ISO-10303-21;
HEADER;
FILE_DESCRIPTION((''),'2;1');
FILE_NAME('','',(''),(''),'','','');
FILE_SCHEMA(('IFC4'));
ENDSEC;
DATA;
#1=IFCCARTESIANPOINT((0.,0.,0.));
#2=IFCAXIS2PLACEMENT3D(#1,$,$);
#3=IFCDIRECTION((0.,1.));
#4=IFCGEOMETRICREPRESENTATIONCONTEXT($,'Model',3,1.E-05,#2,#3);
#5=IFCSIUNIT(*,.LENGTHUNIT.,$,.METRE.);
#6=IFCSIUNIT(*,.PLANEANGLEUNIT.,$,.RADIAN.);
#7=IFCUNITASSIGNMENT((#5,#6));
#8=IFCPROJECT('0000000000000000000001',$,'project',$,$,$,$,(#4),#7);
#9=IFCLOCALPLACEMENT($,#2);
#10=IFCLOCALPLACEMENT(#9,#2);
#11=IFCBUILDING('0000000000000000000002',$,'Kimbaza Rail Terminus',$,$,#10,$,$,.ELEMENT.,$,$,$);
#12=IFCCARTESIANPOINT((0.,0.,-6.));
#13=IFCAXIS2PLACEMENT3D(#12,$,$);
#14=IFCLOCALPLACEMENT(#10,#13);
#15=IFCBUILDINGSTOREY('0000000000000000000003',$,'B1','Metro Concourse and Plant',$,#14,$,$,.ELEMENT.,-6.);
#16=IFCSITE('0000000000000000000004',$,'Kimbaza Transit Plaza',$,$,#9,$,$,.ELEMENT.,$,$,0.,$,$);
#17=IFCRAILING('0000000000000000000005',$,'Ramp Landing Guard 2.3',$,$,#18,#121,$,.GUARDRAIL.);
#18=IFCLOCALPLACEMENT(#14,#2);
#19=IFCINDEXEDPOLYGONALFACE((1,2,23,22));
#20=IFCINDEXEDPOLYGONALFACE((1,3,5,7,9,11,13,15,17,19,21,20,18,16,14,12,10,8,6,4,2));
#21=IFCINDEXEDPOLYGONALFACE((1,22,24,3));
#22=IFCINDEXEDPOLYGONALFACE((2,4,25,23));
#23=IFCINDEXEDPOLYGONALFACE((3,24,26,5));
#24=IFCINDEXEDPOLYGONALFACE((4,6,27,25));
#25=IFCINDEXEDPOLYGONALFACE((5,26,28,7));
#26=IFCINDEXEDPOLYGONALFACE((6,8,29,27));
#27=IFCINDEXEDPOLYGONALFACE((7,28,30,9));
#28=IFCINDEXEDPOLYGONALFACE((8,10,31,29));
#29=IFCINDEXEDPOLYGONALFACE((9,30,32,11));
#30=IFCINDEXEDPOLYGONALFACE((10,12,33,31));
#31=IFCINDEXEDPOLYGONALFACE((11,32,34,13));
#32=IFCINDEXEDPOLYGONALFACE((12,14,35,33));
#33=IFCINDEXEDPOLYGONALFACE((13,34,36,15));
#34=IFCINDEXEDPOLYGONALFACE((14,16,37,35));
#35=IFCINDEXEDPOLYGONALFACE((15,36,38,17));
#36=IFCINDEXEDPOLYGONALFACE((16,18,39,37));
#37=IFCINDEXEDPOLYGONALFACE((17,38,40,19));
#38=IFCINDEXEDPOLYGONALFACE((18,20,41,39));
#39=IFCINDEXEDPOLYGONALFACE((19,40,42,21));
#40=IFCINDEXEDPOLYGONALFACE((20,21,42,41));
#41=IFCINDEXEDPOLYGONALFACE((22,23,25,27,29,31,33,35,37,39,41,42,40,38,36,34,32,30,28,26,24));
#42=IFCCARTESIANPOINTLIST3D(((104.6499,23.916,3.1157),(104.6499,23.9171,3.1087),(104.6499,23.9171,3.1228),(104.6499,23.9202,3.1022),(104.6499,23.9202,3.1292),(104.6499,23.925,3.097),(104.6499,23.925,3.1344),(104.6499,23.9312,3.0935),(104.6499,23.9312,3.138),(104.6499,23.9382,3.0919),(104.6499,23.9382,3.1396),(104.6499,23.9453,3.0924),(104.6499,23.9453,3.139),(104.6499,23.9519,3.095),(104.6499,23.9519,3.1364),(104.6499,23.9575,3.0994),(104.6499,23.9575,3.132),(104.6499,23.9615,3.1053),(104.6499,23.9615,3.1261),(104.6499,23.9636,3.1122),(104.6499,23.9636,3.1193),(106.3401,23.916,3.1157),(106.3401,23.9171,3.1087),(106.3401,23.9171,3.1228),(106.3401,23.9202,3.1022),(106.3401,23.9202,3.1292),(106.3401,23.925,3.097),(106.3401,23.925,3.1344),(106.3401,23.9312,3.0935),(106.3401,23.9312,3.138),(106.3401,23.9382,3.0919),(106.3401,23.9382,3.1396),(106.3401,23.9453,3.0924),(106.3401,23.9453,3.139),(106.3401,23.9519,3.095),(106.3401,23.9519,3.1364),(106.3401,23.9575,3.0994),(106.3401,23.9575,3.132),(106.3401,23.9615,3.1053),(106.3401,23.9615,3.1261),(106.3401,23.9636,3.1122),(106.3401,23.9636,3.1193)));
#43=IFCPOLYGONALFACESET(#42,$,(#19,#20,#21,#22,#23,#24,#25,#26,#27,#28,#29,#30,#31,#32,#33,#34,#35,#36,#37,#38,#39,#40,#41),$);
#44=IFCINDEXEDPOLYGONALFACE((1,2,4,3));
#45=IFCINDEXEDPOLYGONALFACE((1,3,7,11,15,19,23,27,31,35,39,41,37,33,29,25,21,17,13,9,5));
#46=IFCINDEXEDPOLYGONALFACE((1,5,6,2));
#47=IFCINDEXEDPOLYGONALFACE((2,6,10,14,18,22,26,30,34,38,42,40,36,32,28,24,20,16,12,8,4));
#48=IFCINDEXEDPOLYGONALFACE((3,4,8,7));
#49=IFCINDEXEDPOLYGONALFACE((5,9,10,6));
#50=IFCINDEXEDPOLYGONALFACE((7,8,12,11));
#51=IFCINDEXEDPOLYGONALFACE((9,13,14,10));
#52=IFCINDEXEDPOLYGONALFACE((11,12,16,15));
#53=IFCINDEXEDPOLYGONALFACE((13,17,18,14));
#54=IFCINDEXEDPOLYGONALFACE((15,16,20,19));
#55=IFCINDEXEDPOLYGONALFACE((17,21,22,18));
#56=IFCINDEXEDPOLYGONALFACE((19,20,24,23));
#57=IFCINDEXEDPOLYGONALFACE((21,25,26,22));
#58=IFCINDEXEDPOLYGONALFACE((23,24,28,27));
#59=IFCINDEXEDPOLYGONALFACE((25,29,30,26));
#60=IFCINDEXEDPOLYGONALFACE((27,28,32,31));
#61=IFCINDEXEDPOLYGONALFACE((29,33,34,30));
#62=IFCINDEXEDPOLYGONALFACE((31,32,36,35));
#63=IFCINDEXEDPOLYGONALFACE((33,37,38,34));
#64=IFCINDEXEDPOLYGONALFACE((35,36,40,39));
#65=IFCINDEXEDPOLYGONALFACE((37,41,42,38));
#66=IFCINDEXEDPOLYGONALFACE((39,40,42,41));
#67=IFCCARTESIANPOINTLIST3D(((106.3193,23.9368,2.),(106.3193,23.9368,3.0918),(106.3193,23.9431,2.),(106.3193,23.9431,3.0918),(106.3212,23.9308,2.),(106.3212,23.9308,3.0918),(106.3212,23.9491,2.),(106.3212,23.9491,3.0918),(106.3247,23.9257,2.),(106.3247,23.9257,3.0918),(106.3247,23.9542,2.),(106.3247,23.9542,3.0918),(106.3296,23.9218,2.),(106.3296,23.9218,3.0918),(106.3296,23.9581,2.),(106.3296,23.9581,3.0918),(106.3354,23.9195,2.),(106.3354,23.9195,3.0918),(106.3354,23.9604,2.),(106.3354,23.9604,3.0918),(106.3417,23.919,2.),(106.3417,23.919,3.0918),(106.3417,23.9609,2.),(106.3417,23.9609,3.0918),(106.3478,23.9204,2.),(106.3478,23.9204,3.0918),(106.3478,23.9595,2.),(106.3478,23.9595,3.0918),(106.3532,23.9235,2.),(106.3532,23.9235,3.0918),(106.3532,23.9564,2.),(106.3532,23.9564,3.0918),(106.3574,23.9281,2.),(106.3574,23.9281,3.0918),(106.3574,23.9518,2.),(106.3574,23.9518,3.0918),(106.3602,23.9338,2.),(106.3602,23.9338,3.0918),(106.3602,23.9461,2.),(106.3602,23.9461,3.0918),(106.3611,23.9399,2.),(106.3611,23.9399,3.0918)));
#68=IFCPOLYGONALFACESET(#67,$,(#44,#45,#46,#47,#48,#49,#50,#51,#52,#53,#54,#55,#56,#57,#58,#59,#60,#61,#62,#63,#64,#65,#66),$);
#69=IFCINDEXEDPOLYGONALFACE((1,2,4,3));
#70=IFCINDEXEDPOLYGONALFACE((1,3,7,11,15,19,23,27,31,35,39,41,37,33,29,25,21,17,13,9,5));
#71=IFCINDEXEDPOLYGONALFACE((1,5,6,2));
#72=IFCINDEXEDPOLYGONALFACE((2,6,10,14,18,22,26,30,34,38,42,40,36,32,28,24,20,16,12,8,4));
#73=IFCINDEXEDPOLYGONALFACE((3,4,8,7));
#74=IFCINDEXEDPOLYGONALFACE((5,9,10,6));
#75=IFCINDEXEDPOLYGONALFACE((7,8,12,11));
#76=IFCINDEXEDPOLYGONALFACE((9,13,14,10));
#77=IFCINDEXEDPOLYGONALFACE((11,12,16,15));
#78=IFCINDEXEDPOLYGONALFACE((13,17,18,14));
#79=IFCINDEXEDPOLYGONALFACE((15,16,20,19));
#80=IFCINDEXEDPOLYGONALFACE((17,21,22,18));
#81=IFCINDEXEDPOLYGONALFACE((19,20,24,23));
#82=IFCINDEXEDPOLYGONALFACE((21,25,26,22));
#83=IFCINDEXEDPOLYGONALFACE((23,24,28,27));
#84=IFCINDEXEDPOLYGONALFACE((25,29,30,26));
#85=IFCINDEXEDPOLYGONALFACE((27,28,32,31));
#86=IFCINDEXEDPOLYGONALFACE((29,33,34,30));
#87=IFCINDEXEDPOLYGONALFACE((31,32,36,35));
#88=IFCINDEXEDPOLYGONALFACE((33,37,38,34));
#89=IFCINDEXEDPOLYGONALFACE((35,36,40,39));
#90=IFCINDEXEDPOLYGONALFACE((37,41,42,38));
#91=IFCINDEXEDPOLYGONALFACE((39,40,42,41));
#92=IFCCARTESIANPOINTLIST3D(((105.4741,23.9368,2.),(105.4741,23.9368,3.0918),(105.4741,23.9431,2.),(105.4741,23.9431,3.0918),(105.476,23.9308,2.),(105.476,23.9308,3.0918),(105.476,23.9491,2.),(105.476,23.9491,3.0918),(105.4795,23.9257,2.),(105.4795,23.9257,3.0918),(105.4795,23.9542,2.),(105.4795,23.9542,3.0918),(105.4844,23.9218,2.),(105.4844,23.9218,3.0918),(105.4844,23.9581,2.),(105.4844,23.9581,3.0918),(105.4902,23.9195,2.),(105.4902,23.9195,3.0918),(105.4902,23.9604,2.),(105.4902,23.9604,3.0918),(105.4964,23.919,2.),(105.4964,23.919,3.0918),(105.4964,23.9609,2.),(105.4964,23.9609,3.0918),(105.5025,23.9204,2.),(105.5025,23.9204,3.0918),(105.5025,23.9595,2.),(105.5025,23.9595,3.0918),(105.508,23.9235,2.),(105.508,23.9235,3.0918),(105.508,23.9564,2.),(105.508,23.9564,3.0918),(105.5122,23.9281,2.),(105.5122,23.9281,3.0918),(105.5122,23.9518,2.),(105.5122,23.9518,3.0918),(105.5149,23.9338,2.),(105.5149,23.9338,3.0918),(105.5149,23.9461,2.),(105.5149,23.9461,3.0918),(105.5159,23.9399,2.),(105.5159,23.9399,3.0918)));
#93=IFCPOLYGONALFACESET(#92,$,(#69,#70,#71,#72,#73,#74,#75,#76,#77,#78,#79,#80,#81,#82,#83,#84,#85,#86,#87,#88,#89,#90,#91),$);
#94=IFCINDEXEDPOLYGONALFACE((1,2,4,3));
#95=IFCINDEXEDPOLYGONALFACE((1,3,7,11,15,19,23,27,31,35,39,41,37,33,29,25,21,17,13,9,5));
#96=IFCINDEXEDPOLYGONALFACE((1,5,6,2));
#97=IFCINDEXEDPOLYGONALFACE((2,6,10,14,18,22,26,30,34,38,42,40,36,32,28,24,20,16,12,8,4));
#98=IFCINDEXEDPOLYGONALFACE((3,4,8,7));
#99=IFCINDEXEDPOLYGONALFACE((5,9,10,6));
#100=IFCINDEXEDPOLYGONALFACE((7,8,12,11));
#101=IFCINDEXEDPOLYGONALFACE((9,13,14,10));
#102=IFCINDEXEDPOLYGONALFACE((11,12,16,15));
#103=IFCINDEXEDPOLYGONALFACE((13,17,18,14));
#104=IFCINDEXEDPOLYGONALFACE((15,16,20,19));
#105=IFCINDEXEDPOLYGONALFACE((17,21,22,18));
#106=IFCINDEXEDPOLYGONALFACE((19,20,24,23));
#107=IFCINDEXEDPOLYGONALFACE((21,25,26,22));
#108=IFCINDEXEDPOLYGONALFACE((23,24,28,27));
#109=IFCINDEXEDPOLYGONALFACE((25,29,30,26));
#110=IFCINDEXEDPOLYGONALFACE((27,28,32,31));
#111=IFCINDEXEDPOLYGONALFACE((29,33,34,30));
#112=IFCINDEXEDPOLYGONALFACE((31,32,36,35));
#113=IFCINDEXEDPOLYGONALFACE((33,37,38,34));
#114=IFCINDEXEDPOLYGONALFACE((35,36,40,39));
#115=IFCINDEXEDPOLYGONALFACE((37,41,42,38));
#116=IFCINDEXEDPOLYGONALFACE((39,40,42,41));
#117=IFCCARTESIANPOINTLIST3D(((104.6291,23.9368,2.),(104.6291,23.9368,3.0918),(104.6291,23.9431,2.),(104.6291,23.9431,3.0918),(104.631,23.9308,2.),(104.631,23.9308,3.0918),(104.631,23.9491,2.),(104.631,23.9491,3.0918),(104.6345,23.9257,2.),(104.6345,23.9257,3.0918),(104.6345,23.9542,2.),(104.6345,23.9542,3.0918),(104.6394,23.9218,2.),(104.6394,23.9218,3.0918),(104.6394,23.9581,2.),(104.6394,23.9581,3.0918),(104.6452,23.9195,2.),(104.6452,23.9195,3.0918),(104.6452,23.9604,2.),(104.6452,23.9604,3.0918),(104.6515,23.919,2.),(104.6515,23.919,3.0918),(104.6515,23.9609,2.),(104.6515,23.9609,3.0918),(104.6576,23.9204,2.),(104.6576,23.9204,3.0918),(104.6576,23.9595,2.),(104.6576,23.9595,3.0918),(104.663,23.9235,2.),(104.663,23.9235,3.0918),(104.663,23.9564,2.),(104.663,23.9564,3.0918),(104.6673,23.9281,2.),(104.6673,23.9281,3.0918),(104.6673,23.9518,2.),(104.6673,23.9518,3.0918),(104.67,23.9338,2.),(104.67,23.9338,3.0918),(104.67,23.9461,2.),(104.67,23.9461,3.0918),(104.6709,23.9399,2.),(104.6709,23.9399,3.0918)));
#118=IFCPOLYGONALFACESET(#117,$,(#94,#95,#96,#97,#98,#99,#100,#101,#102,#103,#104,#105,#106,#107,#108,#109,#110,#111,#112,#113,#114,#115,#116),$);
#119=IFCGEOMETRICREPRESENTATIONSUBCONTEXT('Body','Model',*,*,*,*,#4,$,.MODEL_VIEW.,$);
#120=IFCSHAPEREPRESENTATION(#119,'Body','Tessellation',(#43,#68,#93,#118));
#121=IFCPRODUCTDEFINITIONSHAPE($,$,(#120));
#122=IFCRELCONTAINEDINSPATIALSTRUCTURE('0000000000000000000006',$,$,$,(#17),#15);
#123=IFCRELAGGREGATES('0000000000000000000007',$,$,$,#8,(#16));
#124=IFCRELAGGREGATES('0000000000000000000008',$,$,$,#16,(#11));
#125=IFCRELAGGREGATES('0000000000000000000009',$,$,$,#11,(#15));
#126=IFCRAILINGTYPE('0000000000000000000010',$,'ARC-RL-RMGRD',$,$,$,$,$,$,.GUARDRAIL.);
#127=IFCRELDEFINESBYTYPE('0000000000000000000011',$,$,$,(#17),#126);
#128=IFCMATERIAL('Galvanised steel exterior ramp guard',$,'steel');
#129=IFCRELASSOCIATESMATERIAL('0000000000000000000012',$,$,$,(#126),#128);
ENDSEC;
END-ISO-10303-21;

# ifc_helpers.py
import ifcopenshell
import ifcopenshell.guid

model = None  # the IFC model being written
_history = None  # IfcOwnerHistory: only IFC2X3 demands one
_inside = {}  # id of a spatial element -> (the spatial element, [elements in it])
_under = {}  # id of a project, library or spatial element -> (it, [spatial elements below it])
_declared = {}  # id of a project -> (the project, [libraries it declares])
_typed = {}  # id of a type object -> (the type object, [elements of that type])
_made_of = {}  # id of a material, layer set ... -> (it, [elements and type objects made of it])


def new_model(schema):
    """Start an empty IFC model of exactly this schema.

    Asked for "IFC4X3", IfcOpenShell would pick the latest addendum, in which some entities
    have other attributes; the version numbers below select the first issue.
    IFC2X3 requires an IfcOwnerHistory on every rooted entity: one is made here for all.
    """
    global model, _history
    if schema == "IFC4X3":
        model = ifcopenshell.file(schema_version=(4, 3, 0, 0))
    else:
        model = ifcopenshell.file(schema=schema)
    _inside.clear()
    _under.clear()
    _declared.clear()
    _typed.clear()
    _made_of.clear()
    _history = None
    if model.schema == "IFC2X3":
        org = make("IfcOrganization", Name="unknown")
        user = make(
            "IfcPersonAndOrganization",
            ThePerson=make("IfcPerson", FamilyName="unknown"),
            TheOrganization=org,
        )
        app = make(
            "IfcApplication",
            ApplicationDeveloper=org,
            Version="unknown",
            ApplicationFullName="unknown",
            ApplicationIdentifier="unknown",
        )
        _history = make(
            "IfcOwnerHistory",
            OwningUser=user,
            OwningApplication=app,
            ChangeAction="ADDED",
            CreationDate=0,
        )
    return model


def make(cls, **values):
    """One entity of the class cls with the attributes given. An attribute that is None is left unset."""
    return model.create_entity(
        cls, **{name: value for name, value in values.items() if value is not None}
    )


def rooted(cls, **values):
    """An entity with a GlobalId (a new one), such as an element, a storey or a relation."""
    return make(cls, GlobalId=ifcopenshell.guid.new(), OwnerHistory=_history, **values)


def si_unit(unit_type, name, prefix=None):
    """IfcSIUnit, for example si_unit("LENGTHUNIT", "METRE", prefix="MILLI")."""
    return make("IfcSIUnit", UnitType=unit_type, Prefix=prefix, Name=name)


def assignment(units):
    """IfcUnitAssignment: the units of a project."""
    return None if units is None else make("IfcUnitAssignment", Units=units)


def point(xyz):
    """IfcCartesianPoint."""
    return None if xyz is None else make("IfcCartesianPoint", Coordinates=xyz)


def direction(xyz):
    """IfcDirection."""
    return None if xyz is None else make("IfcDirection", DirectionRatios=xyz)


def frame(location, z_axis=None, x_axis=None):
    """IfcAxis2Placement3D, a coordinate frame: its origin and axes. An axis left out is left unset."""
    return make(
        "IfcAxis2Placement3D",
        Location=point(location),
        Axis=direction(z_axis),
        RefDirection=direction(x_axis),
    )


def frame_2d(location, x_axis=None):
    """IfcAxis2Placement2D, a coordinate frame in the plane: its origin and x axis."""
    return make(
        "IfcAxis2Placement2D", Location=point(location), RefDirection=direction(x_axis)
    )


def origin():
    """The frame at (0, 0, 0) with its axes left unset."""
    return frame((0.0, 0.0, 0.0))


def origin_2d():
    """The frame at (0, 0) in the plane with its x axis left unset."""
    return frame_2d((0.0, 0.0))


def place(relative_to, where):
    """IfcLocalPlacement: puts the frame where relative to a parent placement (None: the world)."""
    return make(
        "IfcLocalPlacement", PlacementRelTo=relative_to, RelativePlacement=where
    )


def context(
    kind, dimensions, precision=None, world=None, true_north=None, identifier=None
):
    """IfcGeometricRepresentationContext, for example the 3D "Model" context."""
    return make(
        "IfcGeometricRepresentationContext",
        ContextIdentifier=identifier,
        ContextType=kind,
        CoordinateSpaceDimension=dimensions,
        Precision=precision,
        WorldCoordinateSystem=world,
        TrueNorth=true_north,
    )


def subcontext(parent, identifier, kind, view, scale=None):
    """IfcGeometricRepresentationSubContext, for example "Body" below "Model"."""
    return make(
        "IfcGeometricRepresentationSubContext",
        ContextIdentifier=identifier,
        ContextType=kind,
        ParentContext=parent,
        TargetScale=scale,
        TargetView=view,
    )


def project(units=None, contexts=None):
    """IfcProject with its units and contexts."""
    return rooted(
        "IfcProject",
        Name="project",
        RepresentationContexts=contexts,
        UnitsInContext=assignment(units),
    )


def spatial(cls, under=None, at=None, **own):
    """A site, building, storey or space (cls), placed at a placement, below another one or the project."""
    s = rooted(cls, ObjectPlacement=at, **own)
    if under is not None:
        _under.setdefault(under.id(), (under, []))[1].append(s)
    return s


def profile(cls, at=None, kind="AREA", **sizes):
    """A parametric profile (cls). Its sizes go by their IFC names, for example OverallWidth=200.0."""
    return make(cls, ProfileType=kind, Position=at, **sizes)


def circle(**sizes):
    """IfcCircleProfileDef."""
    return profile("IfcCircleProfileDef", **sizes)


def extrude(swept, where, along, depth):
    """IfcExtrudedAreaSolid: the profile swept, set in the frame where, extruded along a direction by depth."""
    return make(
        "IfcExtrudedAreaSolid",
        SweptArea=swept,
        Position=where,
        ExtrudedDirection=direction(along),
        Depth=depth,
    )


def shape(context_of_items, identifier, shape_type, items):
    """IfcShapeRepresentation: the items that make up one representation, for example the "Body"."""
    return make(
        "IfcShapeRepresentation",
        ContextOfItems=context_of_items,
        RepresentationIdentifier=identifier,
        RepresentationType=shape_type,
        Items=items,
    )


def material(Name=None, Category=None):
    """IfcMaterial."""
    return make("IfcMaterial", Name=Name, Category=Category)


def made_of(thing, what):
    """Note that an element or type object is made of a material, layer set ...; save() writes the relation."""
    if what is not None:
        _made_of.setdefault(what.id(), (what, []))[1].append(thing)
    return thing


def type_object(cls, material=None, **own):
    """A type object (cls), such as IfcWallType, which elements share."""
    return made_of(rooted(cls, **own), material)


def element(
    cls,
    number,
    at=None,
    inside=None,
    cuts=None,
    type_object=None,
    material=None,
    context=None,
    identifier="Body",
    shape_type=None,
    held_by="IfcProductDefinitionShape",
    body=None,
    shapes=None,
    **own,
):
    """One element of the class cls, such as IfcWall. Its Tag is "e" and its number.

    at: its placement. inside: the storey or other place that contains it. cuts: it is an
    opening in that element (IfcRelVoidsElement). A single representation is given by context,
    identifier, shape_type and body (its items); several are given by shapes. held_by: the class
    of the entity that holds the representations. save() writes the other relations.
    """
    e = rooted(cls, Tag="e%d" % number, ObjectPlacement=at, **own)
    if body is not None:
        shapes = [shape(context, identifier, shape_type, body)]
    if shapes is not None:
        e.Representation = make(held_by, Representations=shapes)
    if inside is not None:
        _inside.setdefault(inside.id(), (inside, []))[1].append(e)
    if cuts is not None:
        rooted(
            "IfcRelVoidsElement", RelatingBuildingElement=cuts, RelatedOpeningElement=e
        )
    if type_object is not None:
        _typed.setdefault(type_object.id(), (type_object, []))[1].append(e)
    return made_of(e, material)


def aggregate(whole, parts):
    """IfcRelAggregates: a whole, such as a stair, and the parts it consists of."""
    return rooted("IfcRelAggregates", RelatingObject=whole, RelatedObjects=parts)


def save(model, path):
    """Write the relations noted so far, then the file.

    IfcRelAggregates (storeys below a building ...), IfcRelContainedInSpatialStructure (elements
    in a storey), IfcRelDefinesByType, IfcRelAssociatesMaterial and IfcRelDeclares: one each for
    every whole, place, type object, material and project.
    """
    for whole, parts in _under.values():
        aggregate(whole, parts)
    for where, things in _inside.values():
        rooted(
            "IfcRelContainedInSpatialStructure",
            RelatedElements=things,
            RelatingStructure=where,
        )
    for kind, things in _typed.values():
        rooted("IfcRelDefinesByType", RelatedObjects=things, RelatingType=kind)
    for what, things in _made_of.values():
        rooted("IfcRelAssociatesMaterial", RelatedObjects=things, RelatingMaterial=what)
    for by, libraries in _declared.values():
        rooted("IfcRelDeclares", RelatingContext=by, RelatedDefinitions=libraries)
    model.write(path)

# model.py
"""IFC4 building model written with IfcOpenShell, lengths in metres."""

from ifc_helpers import new_model, si_unit, direction, frame, origin, origin_2d, place, context, subcontext, project, spatial, circle, extrude, material, type_object, element, save


model = new_model("IFC4")

# Units and contexts
model_context = context("Model", 3, precision=1e-05, world=origin(), true_north=direction((0.0, 1.0)))
body_context = subcontext(model_context, "Body", "Model", "MODEL_VIEW")
ifc_project = project(units=[si_unit("LENGTHUNIT", "METRE"), si_unit("PLANEANGLEUNIT", "RADIAN")], contexts=[model_context])

# Site, building, storey
site_placement = place(None, origin())
site = spatial("IfcSite", under=ifc_project, at=site_placement, Name="Kimbaza Transit Plaza", CompositionType="ELEMENT", RefElevation=0.0)
building_placement = place(site_placement, origin())
building = spatial("IfcBuilding", under=site, at=building_placement, Name="Kimbaza Rail Terminus", CompositionType="ELEMENT")
storey_placement = place(building_placement, frame((0.0, 0.0, -6.0)))
storey = spatial("IfcBuildingStorey", under=building, at=storey_placement, Name="B1", Description="Metro Concourse and Plant", CompositionType="ELEMENT", Elevation=-6.0)

# Railing
ifc_material_1 = material(Name="Galvanised steel exterior ramp guard", Category="steel")
railing_type_1 = type_object("IfcRailingType", Name="ARC-RL-RMGRD", PredefinedType="GUARDRAIL", material=ifc_material_1)
railing_1_placement = place(storey_placement, frame((106.3401, 23.9399, 2.0)))
element("IfcRailing", 1, at=railing_1_placement, inside=storey, type_object=railing_type_1, Name="Ramp Landing Guard 2.3", PredefinedType="GUARDRAIL", context=body_context, shape_type="SweptSolid", body=[
    extrude(circle(Radius=0.0239, at=origin_2d()), frame((0.0, 0.0, 1.1157), z_axis=(-1.0, 0.0, 0.0), x_axis=(0.0, -1.0, 0.0)), (0.0, 0.0, 1.0), 1.6902),
    extrude(circle(Radius=0.021, at=origin_2d()), origin(), (0.0, 0.0, 1.0), 1.0918),
    extrude(circle(Radius=0.021, at=origin_2d()), frame((-0.8452, 0.0, 0.0)), (0.0, 0.0, 1.0), 1.0918),
    extrude(circle(Radius=0.021, at=origin_2d()), frame((-1.6902, 0.0, 0.0)), (0.0, 0.0, 1.0), 1.0918),
])

save(model, "model.ifc")
